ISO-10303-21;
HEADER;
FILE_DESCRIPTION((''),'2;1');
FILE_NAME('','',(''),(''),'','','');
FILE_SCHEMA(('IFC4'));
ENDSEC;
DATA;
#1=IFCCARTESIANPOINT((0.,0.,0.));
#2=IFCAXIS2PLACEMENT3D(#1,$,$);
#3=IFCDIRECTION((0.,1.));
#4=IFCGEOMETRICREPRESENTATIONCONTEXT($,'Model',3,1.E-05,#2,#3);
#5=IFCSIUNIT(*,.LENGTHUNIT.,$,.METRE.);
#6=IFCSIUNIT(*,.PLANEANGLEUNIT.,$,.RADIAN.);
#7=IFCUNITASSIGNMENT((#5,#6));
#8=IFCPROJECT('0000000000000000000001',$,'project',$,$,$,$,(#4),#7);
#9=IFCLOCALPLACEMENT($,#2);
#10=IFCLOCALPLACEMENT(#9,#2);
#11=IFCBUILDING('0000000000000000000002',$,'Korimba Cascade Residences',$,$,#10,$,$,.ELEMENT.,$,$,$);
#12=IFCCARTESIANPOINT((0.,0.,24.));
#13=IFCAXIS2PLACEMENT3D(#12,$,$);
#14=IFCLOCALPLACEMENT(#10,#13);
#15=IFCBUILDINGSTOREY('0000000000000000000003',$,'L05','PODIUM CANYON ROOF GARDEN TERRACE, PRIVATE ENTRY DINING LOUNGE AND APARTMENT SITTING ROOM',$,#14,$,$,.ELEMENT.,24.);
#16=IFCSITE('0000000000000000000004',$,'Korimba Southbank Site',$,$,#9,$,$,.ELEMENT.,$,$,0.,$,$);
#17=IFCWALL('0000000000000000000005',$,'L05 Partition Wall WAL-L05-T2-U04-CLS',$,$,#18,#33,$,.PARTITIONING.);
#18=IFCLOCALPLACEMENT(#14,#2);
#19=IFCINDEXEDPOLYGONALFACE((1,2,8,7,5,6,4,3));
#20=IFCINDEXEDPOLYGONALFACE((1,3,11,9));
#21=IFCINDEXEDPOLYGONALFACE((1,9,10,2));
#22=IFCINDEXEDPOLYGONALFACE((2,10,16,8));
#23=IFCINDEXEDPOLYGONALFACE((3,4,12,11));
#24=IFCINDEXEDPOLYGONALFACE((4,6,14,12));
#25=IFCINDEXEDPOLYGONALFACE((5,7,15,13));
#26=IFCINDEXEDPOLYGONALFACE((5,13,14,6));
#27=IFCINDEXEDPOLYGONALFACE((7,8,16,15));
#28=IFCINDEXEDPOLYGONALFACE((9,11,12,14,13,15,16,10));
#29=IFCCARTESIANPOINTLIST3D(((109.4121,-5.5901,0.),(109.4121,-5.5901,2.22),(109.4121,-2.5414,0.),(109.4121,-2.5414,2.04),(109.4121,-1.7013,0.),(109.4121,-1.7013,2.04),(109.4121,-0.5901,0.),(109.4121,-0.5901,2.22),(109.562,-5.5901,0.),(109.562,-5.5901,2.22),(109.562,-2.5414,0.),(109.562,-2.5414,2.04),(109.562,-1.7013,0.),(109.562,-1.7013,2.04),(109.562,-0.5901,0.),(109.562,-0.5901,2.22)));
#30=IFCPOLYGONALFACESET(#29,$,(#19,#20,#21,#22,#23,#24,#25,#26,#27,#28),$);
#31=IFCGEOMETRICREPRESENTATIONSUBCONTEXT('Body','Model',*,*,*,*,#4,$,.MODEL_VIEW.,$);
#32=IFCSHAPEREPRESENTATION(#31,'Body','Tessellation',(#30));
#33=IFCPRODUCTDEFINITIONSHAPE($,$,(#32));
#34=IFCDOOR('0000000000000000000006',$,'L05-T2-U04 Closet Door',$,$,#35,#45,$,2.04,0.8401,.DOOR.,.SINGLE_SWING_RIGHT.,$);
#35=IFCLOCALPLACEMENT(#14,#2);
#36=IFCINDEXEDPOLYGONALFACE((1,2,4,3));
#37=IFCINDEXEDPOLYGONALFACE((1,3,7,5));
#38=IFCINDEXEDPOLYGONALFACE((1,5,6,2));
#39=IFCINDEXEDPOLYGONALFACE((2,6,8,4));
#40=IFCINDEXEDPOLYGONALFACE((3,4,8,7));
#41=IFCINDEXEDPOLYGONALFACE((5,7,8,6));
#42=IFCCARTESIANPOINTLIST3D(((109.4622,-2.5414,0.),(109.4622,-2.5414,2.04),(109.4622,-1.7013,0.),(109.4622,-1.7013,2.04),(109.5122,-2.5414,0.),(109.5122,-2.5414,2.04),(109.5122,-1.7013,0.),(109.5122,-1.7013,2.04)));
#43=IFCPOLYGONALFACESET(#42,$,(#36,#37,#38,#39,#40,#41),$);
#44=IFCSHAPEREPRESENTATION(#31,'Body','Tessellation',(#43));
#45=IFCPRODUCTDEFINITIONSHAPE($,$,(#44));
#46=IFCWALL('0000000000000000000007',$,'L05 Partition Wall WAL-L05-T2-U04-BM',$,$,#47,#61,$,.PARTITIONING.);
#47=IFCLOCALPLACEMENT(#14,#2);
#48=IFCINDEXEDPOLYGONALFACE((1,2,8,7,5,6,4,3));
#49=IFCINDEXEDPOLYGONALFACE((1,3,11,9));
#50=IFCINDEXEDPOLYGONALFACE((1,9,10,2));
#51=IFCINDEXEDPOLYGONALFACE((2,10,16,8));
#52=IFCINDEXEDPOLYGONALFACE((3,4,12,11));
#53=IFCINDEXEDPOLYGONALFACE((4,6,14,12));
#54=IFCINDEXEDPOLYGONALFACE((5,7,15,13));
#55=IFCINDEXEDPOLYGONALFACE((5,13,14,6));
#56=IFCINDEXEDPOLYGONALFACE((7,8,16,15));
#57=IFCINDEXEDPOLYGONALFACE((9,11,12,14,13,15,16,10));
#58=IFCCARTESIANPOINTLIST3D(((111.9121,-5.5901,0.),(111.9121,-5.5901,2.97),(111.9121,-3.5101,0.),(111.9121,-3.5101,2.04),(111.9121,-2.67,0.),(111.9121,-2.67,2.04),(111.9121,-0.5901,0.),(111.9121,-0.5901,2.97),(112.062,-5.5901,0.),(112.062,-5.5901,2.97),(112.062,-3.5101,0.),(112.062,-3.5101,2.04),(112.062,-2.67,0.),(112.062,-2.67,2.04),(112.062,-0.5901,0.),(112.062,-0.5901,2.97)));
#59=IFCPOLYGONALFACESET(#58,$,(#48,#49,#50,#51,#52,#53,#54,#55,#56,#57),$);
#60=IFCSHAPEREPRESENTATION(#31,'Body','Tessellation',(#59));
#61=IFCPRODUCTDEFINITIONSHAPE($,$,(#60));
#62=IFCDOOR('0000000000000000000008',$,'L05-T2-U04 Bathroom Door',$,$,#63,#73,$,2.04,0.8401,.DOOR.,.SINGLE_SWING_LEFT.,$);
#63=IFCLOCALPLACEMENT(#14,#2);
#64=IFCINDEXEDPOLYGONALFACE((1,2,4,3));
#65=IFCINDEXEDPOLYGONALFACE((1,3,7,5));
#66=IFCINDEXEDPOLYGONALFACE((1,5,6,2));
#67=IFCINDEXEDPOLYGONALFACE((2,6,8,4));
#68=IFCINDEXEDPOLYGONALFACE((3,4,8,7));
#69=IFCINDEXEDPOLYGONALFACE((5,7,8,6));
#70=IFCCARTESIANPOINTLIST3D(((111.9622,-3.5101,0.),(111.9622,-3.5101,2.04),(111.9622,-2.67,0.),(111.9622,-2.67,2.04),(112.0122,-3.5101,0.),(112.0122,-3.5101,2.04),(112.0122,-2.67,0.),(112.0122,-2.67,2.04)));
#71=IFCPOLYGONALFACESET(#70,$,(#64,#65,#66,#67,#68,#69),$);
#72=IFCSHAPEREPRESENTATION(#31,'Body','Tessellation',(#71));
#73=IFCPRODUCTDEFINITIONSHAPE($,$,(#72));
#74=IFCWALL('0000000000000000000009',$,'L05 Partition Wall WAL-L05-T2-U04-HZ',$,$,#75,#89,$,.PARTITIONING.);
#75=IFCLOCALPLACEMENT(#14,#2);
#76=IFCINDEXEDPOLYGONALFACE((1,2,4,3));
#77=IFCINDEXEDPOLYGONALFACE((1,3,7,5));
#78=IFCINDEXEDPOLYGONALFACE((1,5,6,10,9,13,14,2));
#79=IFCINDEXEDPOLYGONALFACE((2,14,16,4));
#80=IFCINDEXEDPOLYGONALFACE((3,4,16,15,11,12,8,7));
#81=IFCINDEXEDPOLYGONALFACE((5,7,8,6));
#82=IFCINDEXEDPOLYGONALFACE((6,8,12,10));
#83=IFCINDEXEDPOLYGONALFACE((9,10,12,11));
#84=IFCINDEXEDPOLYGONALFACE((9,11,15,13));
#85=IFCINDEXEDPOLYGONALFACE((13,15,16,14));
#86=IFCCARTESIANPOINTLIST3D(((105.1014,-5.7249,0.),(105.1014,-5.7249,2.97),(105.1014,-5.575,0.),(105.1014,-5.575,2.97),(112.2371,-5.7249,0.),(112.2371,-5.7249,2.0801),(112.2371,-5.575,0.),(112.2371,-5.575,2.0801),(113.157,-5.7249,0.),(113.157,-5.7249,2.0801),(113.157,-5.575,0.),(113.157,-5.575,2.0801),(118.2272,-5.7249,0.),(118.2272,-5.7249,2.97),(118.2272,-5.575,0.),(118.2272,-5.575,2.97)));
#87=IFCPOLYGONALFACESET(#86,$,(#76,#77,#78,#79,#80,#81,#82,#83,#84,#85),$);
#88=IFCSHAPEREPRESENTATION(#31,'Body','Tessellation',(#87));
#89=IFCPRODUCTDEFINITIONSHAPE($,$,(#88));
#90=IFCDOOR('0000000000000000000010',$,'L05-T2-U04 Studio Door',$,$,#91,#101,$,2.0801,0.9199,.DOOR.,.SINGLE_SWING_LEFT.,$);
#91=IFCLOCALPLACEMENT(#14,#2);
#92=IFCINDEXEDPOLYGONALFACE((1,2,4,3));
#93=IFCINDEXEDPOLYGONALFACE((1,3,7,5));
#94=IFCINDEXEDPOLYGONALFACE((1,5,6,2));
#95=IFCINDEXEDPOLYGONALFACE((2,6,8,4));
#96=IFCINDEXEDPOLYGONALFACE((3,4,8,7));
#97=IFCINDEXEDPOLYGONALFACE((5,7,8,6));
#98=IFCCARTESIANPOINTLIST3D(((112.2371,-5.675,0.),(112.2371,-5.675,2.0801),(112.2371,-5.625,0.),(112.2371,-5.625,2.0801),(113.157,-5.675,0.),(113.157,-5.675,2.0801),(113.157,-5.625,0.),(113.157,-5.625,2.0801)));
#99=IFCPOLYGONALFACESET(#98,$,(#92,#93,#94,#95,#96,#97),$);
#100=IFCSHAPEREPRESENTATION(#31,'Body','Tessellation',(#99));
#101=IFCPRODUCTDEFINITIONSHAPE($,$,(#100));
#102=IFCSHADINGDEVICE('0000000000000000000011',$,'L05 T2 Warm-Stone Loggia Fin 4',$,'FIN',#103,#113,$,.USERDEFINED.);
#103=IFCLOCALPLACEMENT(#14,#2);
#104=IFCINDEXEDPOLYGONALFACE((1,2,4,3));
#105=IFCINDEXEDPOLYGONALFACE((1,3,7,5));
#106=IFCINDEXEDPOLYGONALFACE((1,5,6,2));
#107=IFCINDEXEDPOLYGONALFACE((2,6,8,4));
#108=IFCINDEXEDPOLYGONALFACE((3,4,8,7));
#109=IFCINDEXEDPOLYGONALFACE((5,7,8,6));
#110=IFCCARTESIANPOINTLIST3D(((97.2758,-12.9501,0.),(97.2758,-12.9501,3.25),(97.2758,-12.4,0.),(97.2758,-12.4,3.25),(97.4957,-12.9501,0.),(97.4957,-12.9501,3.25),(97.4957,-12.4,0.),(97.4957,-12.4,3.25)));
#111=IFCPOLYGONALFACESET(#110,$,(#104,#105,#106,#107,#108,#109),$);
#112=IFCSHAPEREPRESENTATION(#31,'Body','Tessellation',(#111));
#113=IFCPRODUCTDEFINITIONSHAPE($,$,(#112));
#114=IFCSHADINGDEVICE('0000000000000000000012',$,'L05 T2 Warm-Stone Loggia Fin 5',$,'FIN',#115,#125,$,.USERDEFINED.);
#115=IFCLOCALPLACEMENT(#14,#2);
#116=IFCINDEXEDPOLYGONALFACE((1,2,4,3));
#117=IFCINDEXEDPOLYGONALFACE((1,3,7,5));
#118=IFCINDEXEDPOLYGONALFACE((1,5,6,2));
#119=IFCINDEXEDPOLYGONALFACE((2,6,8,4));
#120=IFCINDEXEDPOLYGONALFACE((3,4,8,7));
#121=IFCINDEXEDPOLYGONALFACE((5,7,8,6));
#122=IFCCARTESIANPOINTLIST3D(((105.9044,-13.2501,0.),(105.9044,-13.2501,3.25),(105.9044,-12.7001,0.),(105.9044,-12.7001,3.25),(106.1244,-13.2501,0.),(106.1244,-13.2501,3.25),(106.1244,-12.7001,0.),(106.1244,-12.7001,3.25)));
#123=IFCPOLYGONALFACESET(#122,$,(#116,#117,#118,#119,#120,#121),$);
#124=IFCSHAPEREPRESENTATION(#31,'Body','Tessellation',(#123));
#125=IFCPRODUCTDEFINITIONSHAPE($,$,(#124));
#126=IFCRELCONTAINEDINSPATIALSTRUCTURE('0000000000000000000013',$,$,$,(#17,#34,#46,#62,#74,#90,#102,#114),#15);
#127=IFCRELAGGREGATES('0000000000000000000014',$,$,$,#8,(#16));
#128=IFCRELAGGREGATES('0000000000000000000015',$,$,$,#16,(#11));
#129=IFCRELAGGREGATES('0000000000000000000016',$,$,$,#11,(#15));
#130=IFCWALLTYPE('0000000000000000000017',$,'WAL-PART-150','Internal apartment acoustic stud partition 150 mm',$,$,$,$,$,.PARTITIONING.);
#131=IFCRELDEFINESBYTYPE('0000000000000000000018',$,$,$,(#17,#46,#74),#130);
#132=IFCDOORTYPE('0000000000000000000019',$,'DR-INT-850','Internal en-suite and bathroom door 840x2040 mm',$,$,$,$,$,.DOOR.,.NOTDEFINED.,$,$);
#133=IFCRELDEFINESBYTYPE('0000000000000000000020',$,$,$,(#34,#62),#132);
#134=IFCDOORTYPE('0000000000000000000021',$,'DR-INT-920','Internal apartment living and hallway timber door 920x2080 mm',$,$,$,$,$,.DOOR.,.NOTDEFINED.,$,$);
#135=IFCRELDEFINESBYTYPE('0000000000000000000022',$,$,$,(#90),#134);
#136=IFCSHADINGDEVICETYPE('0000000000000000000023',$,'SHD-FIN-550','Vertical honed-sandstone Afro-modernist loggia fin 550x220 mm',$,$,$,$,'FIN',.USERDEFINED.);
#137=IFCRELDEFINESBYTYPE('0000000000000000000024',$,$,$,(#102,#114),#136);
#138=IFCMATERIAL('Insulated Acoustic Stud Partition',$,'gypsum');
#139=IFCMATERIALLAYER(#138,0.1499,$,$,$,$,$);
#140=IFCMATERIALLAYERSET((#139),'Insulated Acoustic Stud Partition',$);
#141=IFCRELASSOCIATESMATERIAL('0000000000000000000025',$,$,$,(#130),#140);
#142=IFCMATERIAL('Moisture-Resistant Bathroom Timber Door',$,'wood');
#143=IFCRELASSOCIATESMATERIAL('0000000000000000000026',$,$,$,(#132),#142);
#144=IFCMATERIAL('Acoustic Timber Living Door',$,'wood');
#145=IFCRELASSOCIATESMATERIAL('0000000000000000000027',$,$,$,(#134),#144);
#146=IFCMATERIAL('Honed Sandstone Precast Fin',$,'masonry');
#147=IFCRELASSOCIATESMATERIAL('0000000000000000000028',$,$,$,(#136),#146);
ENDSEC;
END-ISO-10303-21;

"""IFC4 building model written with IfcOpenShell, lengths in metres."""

from ifc_helpers import new_model, si_unit, direction, frame, frame_2d, origin, origin_2d, place, context, subcontext, project, spatial, rectangle, extrude, material, layer, layer_set, type_object, element, fill, save


model = new_model("IFC4")

# Units and contexts
model_context = context("Model", 3, precision=1e-05, world=origin(), true_north=direction((0.0, 1.0)))
body_context = subcontext(model_context, "Body", "Model", "MODEL_VIEW")
ifc_project = project(units=[si_unit("LENGTHUNIT", "METRE"), si_unit("PLANEANGLEUNIT", "RADIAN")], contexts=[model_context])

# Site, building, storey
site_placement = place(None, origin())
site = spatial("IfcSite", under=ifc_project, at=site_placement, Name="Korimba Southbank Site", CompositionType="ELEMENT", RefElevation=0.0)
building_placement = place(site_placement, origin())
building = spatial("IfcBuilding", under=site, at=building_placement, Name="Korimba Cascade Residences", CompositionType="ELEMENT")
storey_placement = place(building_placement, frame((0.0, 0.0, 24.0)))
storey = spatial("IfcBuildingStorey", under=building, at=storey_placement, Name="L05", Description="PODIUM CANYON ROOF GARDEN TERRACE, PRIVATE ENTRY DINING LOUNGE AND APARTMENT SITTING ROOM", CompositionType="ELEMENT", Elevation=24.0)

# Walls, openings, doors
ifc_material_1 = material(Name="Insulated Acoustic Stud Partition", Category="gypsum")
ifc_layer_1 = layer(ifc_material_1, 0.1499)
ifc_layer_set_1 = layer_set([ifc_layer_1], Name="Insulated Acoustic Stud Partition")
wall_type_1 = type_object("IfcWallType", Name="WAL-PART-150", Description="Internal apartment acoustic stud partition 150 mm", PredefinedType="PARTITIONING", material=ifc_layer_set_1)
ifc_material_2 = material(Name="Moisture-Resistant Bathroom Timber Door", Category="wood")
door_type_1 = type_object("IfcDoorType", Name="DR-INT-850", Description="Internal en-suite and bathroom door 840x2040 mm", OperationType="NOTDEFINED", PredefinedType="DOOR", material=ifc_material_2)
ifc_material_3 = material(Name="Acoustic Timber Living Door", Category="wood")
door_type_2 = type_object("IfcDoorType", Name="DR-INT-920", Description="Internal apartment living and hallway timber door 920x2080 mm", OperationType="NOTDEFINED", PredefinedType="DOOR", material=ifc_material_3)
wall_1_placement = place(storey_placement, frame((109.4871, -5.5901, 0.0), z_axis=(0.0, 0.0, 1.0), x_axis=(0.0, 1.0, 0.0)))
wall_1 = element("IfcWall", 1, at=wall_1_placement, inside=storey, type_object=wall_type_1, Name="L05 Partition Wall WAL-L05-T2-U04-CLS", PredefinedType="PARTITIONING", context=body_context, shape_type="SweptSolid", body=[
    extrude(rectangle(XDim=5.0, YDim=0.1499, at=frame_2d((2.5, 0.0))), origin(), (0.0, 0.0, 1.0), 2.22),
])
opening_1_placement = place(wall_1_placement, frame((3.0488, 0.0, 0.0)))
opening_1 = element("IfcOpeningElement", 2, at=opening_1_placement, cuts=wall_1, PredefinedType="OPENING", context=body_context, shape_type="SweptSolid", body=[
    extrude(rectangle(XDim=0.8401, YDim=2.04, at=frame_2d((0.4199, 1.02))), frame((0.0, 0.085, 0.0), z_axis=(0.0, -1.0, 0.0), x_axis=(1.0, 0.0, 0.0)), (0.0, 0.0, 1.0), 0.1699),
])
door_1_placement = place(opening_1_placement, origin())
door_1 = element("IfcDoor", 3, at=door_1_placement, inside=storey, type_object=door_type_1, Name="L05-T2-U04 Closet Door", OperationType="SINGLE_SWING_RIGHT", OverallHeight=2.04, OverallWidth=0.8401, PredefinedType="DOOR", context=body_context, shape_type="SweptSolid", body=[
    extrude(rectangle(XDim=0.8401, YDim=2.04, at=frame_2d((0.4199, 1.02))), frame((0.0, 0.0249, 0.0), z_axis=(0.0, -1.0, 0.0), x_axis=(1.0, 0.0, 0.0)), (0.0, 0.0, 1.0), 0.05),
])
fill(opening_1, door_1)
wall_2_placement = place(storey_placement, frame((111.9871, -5.5901, 0.0), z_axis=(0.0, 0.0, 1.0), x_axis=(0.0, 1.0, 0.0)))
wall_2 = element("IfcWall", 4, at=wall_2_placement, inside=storey, type_object=wall_type_1, Name="L05 Partition Wall WAL-L05-T2-U04-BM", PredefinedType="PARTITIONING", context=body_context, shape_type="SweptSolid", body=[
    extrude(rectangle(XDim=5.0, YDim=0.1499, at=frame_2d((2.5, 0.0))), origin(), (0.0, 0.0, 1.0), 2.97),
])
opening_2_placement = place(wall_2_placement, frame((2.0801, 0.0, 0.0)))
opening_2 = element("IfcOpeningElement", 5, at=opening_2_placement, cuts=wall_2, PredefinedType="OPENING", context=body_context, shape_type="SweptSolid", body=[
    extrude(rectangle(XDim=0.8401, YDim=2.04, at=frame_2d((0.4199, 1.02))), frame((0.0, 0.085, 0.0), z_axis=(0.0, -1.0, 0.0), x_axis=(1.0, 0.0, 0.0)), (0.0, 0.0, 1.0), 0.1699),
])
door_2_placement = place(opening_2_placement, origin())
door_2 = element("IfcDoor", 6, at=door_2_placement, inside=storey, type_object=door_type_1, Name="L05-T2-U04 Bathroom Door", OperationType="SINGLE_SWING_LEFT", OverallHeight=2.04, OverallWidth=0.8401, PredefinedType="DOOR", context=body_context, shape_type="SweptSolid", body=[
    extrude(rectangle(XDim=0.8401, YDim=2.04, at=frame_2d((0.4199, 1.02))), frame((0.0, 0.0249, 0.0), z_axis=(0.0, -1.0, 0.0), x_axis=(1.0, 0.0, 0.0)), (0.0, 0.0, 1.0), 0.05),
])
fill(opening_2, door_2)
wall_3_placement = place(storey_placement, frame((105.1013, -5.6499, 0.0), z_axis=(0.0, 0.0, 1.0), x_axis=(1.0, 0.0, 0.0)))
wall_3 = element("IfcWall", 7, at=wall_3_placement, inside=storey, type_object=wall_type_1, Name="L05 Partition Wall WAL-L05-T2-U04-HZ", PredefinedType="PARTITIONING", context=body_context, shape_type="SweptSolid", body=[
    extrude(rectangle(XDim=13.1257, YDim=0.1499, at=frame_2d((6.563, 0.0))), origin(), (0.0, 0.0, 1.0), 2.97),
])
opening_3_placement = place(wall_3_placement, frame((7.1357, 0.0, 0.0)))
opening_3 = element("IfcOpeningElement", 8, at=opening_3_placement, cuts=wall_3, PredefinedType="OPENING", context=body_context, shape_type="SweptSolid", body=[
    extrude(rectangle(XDim=0.9199, YDim=2.0801, at=frame_2d((0.46, 1.04))), frame((0.0, 0.085, 0.0), z_axis=(0.0, -1.0, 0.0), x_axis=(1.0, 0.0, 0.0)), (0.0, 0.0, 1.0), 0.1699),
])
door_3_placement = place(opening_3_placement, origin())
door_3 = element("IfcDoor", 9, at=door_3_placement, inside=storey, type_object=door_type_2, Name="L05-T2-U04 Studio Door", OperationType="SINGLE_SWING_LEFT", OverallHeight=2.0801, OverallWidth=0.9199, PredefinedType="DOOR", context=body_context, shape_type="SweptSolid", body=[
    extrude(rectangle(XDim=0.9199, YDim=2.0801, at=frame_2d((0.46, 1.04))), frame((0.0, 0.0249, 0.0), z_axis=(0.0, -1.0, 0.0), x_axis=(1.0, 0.0, 0.0)), (0.0, 0.0, 1.0), 0.05),
])
fill(opening_3, door_3)

# Shading devices
ifc_material_4 = material(Name="Honed Sandstone Precast Fin", Category="masonry")
shading_device_type = type_object("IfcShadingDeviceType", Name="SHD-FIN-550", Description="Vertical honed-sandstone Afro-modernist loggia fin 550x220 mm", ElementType="FIN", PredefinedType="USERDEFINED", material=ifc_material_4)
for number, where, z_axis, x_axis, name in (
    (10, (97.3857, -12.675, 0.0), (0.0, 0.0, 1.0), (1.0, 0.0, 0.0), "L05 T2 Warm-Stone Loggia Fin 4"),
    (11, (106.0144, -12.9751, 0.0), (0.0, 0.0, 1.0), (1.0, 0.0, 0.0), "L05 T2 Warm-Stone Loggia Fin 5"),
):
    element("IfcShadingDevice", number, at=place(storey_placement, frame(where, z_axis=z_axis, x_axis=x_axis)), inside=storey, type_object=shading_device_type, Name=name, ObjectType="FIN", PredefinedType="USERDEFINED", context=body_context, shape_type="SweptSolid", body=[
        extrude(rectangle(XDim=0.22, YDim=0.55, at=origin_2d()), origin(), (0.0, 0.0, 1.0), 3.25),
    ])

save(model, "model.ifc")
